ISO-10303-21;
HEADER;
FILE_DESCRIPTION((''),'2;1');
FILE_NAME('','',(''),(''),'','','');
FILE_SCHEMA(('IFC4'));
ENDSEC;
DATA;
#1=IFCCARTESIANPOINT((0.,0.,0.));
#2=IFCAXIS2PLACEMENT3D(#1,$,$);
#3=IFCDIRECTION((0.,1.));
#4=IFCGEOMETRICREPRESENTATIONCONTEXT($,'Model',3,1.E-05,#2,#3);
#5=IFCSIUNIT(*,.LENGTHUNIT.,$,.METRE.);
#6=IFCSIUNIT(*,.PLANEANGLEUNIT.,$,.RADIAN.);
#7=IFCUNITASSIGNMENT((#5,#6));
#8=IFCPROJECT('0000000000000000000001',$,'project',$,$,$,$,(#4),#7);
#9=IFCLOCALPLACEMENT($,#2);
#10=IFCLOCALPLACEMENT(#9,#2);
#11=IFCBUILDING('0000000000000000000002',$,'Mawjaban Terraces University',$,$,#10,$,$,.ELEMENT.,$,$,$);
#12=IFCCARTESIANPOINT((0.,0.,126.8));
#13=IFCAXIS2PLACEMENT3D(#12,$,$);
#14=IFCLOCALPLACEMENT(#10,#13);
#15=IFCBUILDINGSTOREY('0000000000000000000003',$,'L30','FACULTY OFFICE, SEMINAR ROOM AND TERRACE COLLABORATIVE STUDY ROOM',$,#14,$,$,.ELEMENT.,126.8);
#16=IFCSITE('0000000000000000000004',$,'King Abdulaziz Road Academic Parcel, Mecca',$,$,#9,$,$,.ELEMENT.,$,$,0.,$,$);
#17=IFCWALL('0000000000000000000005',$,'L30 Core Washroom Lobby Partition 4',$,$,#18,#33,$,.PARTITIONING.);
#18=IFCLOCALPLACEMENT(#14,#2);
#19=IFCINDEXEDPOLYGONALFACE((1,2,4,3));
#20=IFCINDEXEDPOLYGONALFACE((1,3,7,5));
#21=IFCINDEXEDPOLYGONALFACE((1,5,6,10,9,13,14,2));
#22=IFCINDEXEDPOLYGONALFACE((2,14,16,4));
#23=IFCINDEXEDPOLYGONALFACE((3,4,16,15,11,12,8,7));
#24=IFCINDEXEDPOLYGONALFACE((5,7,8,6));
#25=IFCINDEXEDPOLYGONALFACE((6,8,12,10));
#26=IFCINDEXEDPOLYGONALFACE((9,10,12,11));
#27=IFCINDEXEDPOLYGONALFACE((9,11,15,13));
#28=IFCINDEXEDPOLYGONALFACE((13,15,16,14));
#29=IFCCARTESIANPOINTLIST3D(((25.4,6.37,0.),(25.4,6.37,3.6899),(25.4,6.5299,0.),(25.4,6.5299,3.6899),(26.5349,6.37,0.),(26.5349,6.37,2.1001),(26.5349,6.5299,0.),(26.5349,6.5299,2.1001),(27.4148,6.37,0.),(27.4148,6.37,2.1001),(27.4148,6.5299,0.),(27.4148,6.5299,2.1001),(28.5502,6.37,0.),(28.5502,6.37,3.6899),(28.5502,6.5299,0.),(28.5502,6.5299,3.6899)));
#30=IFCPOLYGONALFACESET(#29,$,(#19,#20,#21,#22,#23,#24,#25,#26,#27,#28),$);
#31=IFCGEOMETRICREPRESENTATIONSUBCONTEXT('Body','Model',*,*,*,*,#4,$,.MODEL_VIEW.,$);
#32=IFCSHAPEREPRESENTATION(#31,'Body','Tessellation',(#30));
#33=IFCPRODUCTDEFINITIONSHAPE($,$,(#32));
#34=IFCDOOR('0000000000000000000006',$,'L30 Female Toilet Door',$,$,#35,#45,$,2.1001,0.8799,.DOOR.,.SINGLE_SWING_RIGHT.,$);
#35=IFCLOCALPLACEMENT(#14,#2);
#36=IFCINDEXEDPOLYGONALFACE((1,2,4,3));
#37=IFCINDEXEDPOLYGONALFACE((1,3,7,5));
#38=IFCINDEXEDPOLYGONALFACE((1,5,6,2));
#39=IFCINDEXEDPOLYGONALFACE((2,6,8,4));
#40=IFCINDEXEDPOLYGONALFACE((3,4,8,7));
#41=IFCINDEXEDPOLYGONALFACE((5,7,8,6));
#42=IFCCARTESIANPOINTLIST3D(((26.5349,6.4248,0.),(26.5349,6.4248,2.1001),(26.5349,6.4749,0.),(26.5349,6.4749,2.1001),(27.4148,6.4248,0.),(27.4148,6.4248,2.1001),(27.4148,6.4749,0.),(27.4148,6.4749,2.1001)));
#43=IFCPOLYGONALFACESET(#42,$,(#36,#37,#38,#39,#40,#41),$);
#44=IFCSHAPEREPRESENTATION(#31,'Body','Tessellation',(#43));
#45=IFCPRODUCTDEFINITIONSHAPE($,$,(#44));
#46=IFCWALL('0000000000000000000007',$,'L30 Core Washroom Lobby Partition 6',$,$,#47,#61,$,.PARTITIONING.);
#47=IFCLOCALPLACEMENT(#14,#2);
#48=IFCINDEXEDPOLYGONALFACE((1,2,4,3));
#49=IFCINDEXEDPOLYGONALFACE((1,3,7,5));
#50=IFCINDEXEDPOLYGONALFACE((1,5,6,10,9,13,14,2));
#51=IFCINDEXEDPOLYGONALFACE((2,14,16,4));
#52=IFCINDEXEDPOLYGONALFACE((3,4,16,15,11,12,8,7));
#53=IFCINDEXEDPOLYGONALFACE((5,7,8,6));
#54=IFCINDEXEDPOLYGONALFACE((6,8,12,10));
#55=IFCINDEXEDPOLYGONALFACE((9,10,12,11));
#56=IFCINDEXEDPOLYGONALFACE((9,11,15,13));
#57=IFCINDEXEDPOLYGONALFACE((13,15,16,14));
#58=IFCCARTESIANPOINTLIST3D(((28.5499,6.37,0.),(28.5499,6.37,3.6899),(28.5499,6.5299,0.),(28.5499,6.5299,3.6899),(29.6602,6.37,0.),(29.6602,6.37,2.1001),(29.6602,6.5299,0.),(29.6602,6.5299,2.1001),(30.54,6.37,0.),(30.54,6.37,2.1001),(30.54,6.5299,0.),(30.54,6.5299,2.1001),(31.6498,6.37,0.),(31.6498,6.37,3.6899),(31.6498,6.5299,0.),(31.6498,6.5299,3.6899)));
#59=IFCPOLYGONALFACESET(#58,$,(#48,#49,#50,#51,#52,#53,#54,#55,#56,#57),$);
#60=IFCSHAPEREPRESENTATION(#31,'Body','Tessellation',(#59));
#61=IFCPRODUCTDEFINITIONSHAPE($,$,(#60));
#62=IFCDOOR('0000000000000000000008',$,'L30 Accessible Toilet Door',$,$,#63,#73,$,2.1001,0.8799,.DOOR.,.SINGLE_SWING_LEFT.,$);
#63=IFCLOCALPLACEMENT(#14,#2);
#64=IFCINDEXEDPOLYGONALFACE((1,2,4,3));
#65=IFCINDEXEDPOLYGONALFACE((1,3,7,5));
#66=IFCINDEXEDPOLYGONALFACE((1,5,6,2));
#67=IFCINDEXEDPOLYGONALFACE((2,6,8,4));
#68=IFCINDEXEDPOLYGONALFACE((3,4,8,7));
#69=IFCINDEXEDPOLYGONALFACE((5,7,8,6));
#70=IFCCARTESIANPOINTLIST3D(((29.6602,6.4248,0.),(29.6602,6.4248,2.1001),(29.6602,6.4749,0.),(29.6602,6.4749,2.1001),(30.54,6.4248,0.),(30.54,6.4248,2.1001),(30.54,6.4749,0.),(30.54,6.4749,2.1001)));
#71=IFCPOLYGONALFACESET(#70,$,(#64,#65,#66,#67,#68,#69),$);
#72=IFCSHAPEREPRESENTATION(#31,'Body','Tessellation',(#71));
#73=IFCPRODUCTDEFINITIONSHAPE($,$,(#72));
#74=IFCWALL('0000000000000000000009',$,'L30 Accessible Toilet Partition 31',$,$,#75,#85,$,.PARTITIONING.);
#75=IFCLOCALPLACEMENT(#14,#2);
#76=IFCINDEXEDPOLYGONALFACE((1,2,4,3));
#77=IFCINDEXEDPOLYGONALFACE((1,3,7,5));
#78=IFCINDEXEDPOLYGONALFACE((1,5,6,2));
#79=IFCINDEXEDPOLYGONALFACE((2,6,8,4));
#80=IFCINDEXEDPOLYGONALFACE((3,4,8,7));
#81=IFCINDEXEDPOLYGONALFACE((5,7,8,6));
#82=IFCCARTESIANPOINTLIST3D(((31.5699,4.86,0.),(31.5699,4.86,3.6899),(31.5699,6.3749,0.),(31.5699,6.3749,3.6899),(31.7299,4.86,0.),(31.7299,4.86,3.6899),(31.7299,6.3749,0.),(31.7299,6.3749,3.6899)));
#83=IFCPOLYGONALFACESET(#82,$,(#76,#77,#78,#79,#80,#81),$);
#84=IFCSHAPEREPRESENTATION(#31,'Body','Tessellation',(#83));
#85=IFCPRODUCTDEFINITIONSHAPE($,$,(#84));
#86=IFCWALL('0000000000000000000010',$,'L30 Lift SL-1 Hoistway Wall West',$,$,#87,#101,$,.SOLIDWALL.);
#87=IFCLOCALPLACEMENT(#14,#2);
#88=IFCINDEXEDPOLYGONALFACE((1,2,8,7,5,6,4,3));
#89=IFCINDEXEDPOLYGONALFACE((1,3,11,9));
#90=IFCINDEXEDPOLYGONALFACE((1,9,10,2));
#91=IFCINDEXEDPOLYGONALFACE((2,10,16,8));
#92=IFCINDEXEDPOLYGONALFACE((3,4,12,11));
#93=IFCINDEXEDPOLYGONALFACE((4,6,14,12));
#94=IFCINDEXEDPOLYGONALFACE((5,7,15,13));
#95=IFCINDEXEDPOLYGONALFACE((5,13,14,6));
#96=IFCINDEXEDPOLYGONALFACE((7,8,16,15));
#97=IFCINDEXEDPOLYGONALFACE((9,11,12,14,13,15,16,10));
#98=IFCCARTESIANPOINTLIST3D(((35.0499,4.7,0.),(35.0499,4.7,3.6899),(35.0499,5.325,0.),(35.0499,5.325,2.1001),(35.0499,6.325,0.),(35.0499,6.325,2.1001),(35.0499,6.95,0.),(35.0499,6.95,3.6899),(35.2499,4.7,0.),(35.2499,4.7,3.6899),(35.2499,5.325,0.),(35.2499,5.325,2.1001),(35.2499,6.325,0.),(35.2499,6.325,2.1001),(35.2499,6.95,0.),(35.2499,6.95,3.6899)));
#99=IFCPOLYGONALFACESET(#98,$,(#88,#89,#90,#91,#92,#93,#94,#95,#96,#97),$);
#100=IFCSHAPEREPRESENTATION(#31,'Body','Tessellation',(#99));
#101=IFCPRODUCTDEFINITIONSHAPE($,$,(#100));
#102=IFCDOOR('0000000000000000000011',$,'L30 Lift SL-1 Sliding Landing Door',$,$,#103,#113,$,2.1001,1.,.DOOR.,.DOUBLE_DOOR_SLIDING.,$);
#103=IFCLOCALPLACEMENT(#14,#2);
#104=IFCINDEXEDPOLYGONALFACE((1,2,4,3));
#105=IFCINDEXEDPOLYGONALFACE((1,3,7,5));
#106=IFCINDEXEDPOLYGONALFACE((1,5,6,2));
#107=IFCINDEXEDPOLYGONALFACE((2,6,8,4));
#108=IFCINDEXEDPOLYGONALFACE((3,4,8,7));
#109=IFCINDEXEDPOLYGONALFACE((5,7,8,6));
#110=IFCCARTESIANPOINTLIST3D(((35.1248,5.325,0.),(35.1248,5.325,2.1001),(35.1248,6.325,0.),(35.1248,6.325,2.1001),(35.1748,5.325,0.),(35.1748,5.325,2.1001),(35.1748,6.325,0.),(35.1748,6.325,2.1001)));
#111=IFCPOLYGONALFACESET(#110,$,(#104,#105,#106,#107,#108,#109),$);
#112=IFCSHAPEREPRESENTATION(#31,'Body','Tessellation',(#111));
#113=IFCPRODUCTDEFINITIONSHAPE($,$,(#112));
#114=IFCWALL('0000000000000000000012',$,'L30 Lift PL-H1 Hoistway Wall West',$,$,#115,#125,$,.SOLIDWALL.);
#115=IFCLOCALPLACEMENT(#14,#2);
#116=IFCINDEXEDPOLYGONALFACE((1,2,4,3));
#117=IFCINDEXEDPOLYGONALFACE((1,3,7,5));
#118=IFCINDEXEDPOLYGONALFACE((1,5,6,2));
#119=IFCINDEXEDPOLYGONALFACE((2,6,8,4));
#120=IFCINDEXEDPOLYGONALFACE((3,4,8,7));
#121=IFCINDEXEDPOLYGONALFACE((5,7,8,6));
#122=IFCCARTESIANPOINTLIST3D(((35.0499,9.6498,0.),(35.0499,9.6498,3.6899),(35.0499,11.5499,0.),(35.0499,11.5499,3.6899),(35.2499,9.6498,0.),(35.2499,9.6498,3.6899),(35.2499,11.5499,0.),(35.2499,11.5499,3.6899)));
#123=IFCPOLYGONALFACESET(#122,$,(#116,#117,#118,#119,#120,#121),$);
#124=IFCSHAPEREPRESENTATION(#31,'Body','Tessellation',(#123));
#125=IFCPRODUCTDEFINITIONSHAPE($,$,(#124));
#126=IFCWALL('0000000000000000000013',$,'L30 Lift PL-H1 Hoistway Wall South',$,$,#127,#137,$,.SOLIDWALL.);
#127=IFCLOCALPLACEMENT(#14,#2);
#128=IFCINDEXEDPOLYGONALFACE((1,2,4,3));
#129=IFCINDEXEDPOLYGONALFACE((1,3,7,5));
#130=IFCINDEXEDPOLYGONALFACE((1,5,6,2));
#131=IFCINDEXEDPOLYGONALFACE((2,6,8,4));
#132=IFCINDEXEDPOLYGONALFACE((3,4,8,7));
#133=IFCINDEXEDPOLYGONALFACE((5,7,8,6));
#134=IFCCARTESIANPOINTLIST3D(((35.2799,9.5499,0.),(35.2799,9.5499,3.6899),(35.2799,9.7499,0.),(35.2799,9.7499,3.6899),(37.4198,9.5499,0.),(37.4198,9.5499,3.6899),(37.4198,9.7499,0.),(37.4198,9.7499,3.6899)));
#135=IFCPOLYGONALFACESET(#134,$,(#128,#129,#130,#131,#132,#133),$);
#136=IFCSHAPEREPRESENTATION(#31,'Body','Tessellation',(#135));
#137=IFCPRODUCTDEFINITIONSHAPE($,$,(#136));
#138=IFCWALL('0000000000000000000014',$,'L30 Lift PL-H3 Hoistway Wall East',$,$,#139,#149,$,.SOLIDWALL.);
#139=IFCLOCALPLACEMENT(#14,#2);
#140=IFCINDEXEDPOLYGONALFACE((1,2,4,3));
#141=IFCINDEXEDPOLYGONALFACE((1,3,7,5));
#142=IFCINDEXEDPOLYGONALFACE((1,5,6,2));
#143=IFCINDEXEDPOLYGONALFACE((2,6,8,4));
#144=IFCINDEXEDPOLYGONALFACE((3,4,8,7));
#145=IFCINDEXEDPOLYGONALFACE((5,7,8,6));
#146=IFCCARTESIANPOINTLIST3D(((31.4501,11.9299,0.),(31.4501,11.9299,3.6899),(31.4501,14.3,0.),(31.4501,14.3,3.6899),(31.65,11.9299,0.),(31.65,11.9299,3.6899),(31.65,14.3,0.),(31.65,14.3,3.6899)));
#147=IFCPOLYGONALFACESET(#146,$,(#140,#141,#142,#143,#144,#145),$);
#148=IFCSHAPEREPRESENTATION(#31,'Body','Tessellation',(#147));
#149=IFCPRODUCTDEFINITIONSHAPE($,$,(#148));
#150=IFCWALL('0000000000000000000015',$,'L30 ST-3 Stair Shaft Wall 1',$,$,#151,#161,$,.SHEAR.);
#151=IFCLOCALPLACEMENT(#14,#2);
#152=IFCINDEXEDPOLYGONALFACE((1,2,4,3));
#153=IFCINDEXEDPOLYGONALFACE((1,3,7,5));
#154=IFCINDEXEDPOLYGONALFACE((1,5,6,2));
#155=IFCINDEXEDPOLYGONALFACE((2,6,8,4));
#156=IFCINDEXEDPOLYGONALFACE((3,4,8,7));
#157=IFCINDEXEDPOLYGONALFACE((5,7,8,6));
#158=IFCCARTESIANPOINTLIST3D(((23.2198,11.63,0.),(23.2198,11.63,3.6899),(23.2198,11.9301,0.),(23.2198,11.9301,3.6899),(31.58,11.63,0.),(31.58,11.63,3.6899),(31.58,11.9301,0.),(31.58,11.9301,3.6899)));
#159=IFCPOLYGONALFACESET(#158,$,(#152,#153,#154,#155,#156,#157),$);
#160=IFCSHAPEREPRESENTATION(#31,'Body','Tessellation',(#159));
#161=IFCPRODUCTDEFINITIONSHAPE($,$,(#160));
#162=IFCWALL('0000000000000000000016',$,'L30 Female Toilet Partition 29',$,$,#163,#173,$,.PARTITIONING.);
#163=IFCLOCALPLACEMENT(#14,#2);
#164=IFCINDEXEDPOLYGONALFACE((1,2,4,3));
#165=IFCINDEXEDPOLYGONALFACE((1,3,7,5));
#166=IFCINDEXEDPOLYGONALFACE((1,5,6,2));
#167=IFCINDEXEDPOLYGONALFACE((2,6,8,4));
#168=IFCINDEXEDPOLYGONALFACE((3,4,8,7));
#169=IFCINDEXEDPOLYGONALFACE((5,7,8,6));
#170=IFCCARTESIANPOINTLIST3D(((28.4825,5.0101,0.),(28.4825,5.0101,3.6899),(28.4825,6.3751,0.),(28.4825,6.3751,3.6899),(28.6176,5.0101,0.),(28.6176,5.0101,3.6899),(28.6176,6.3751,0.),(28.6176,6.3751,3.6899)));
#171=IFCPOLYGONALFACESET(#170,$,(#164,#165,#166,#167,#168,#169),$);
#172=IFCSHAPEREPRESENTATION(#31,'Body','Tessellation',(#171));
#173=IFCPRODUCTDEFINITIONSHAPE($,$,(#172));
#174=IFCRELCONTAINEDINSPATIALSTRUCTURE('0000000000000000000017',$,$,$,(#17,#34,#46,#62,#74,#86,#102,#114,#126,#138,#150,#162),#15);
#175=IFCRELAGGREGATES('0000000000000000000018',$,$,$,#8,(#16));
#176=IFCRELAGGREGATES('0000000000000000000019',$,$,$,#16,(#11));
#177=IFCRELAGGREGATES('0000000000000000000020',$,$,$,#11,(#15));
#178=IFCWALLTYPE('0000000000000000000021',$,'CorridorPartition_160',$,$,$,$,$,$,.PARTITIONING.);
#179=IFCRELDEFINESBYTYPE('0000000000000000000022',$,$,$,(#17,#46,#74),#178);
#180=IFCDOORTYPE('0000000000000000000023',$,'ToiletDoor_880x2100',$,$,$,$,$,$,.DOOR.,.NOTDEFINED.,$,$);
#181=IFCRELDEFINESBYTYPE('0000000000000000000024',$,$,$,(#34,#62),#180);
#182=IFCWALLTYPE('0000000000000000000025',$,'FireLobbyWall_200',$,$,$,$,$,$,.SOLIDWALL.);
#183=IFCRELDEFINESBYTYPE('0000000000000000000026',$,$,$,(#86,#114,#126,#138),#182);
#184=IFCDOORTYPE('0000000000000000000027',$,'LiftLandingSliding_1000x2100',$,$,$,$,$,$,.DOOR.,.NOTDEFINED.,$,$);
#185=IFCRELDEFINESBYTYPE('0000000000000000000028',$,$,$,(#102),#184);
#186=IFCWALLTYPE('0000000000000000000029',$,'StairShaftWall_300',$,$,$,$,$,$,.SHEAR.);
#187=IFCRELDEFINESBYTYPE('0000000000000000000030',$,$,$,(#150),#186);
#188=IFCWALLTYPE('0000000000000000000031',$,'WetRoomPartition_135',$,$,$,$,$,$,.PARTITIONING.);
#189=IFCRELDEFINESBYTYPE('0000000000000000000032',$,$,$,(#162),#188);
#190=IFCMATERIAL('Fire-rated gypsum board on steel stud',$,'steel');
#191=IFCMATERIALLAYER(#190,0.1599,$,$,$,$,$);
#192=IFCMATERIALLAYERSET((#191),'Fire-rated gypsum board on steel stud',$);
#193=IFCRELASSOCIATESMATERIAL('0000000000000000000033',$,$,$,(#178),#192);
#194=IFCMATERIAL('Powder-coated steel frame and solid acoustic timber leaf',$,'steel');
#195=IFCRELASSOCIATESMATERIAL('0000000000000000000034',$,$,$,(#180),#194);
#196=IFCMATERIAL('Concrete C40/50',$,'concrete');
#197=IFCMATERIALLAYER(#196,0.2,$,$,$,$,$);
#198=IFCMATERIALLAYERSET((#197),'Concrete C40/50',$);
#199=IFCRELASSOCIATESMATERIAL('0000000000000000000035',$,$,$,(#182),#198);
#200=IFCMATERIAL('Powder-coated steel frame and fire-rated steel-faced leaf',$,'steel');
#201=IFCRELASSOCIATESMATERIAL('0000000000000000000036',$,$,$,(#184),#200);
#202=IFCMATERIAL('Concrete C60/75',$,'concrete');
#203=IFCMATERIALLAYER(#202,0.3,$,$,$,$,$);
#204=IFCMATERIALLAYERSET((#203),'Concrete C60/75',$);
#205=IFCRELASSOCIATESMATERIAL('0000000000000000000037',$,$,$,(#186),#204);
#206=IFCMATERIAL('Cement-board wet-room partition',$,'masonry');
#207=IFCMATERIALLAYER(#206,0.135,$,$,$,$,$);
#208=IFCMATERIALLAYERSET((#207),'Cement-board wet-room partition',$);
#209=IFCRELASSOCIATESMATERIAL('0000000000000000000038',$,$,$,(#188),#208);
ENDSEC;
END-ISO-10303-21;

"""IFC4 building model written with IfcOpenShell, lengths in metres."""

from ifc_helpers import new_model, si_unit, direction, frame, frame_2d, origin, place, context, subcontext, project, spatial, rectangle, extrude, material, layer, layer_set, type_object, element, fill, save


model = new_model("IFC4")

# Units and contexts
model_context = context("Model", 3, precision=1e-05, world=origin(), true_north=direction((0.0, 1.0)))
body_context = subcontext(model_context, "Body", "Model", "MODEL_VIEW")
ifc_project = project(units=[si_unit("LENGTHUNIT", "METRE"), si_unit("PLANEANGLEUNIT", "RADIAN")], contexts=[model_context])

# Site, building, storey
site_placement = place(None, origin())
site = spatial("IfcSite", under=ifc_project, at=site_placement, Name="King Abdulaziz Road Academic Parcel, Mecca", CompositionType="ELEMENT", RefElevation=0.0)
building_placement = place(site_placement, origin())
building = spatial("IfcBuilding", under=site, at=building_placement, Name="Mawjaban Terraces University", CompositionType="ELEMENT")
storey_placement = place(building_placement, frame((0.0, 0.0, 126.8)))
storey = spatial("IfcBuildingStorey", under=building, at=storey_placement, Name="L30", Description="FACULTY OFFICE, SEMINAR ROOM AND TERRACE COLLABORATIVE STUDY ROOM", CompositionType="ELEMENT", Elevation=126.8)

# Walls, openings, doors
ifc_material_1 = material(Name="Fire-rated gypsum board on steel stud", Category="steel")
ifc_layer_1 = layer(ifc_material_1, 0.1599)
ifc_layer_set_1 = layer_set([ifc_layer_1], Name="Fire-rated gypsum board on steel stud")
wall_type_1 = type_object("IfcWallType", Name="CorridorPartition_160", PredefinedType="PARTITIONING", material=ifc_layer_set_1)
wall_1_placement = place(storey_placement, frame((25.3999, 6.45, 0.0), z_axis=(0.0, 0.0, 1.0), x_axis=(1.0, 0.0, 0.0)))
wall_1 = element("IfcWall", 1, at=wall_1_placement, inside=storey, type_object=wall_type_1, Name="L30 Core Washroom Lobby Partition 4", PredefinedType="PARTITIONING", context=body_context, shape_type="SweptSolid", body=[
    extrude(rectangle(XDim=3.1501, YDim=0.1599, at=frame_2d((1.5752, 0.0))), origin(), (0.0, 0.0, 1.0), 3.6899),
])
opening_1_placement = place(wall_1_placement, frame((1.135, 0.0, 0.0)))
opening_1 = element("IfcOpeningElement", 2, at=opening_1_placement, cuts=wall_1, PredefinedType="OPENING", context=body_context, shape_type="SweptSolid", body=[
    extrude(rectangle(XDim=0.8799, YDim=2.1001, at=frame_2d((0.4399, 1.05))), frame((0.0, 0.0898, 0.0), z_axis=(0.0, -1.0, 0.0), x_axis=(1.0, 0.0, 0.0)), (0.0, 0.0, 1.0), 0.1799),
])
ifc_material_2 = material(Name="Powder-coated steel frame and solid acoustic timber leaf", Category="steel")
door_type_1 = type_object("IfcDoorType", Name="ToiletDoor_880x2100", OperationType="NOTDEFINED", PredefinedType="DOOR", material=ifc_material_2)
door_1_placement = place(opening_1_placement, origin())
door_1 = element("IfcDoor", 3, at=door_1_placement, inside=storey, type_object=door_type_1, Name="L30 Female Toilet Door", OperationType="SINGLE_SWING_RIGHT", OverallHeight=2.1001, OverallWidth=0.8799, PredefinedType="DOOR", context=body_context, shape_type="SweptSolid", body=[
    extrude(rectangle(XDim=0.8799, YDim=2.1001, at=frame_2d((0.4399, 1.05))), frame((0.0, 0.0249, 0.0), z_axis=(0.0, -1.0, 0.0), x_axis=(1.0, 0.0, 0.0)), (0.0, 0.0, 1.0), 0.05),
])
fill(opening_1, door_1)
wall_2_placement = place(storey_placement, frame((28.55, 6.45, 0.0), z_axis=(0.0, 0.0, 1.0), x_axis=(1.0, 0.0, 0.0)))
wall_2 = element("IfcWall", 4, at=wall_2_placement, inside=storey, type_object=wall_type_1, Name="L30 Core Washroom Lobby Partition 6", PredefinedType="PARTITIONING", context=body_context, shape_type="SweptSolid", body=[
    extrude(rectangle(XDim=3.0999, YDim=0.1599, at=frame_2d((1.5498, 0.0))), origin(), (0.0, 0.0, 1.0), 3.6899),
])
opening_2_placement = place(wall_2_placement, frame((1.1101, 0.0, 0.0)))
opening_2 = element("IfcOpeningElement", 5, at=opening_2_placement, cuts=wall_2, PredefinedType="OPENING", context=body_context, shape_type="SweptSolid", body=[
    extrude(rectangle(XDim=0.8799, YDim=2.1001, at=frame_2d((0.4399, 1.05))), frame((0.0, 0.0898, 0.0), z_axis=(0.0, -1.0, 0.0), x_axis=(1.0, 0.0, 0.0)), (0.0, 0.0, 1.0), 0.1799),
])
door_2_placement = place(opening_2_placement, origin())
door_2 = element("IfcDoor", 6, at=door_2_placement, inside=storey, type_object=door_type_1, Name="L30 Accessible Toilet Door", OperationType="SINGLE_SWING_LEFT", OverallHeight=2.1001, OverallWidth=0.8799, PredefinedType="DOOR", context=body_context, shape_type="SweptSolid", body=[
    extrude(rectangle(XDim=0.8799, YDim=2.1001, at=frame_2d((0.4399, 1.05))), frame((0.0, 0.0249, 0.0), z_axis=(0.0, -1.0, 0.0), x_axis=(1.0, 0.0, 0.0)), (0.0, 0.0, 1.0), 0.05),
])
fill(opening_2, door_2)

# Wall
wall_3_placement = place(storey_placement, frame((31.6499, 4.8601, 0.0), z_axis=(0.0, 0.0, 1.0), x_axis=(0.0, 1.0, 0.0)))
element("IfcWall", 7, at=wall_3_placement, inside=storey, type_object=wall_type_1, Name="L30 Accessible Toilet Partition 31", PredefinedType="PARTITIONING", context=body_context, shape_type="SweptSolid", body=[
    extrude(rectangle(XDim=1.5149, YDim=0.1599, at=frame_2d((0.7573, 0.0))), origin(), (0.0, 0.0, 1.0), 3.6899),
])

# Wall, opening, door
ifc_material_3 = material(Name="Concrete C40/50", Category="concrete")
ifc_layer_2 = layer(ifc_material_3, 0.2)
ifc_layer_set_2 = layer_set([ifc_layer_2], Name="Concrete C40/50")
wall_type_2 = type_object("IfcWallType", Name="FireLobbyWall_200", PredefinedType="SOLIDWALL", material=ifc_layer_set_2)
wall_4_placement = place(storey_placement, frame((35.1499, 6.95, 0.0), z_axis=(0.0, 0.0, 1.0), x_axis=(0.0, -1.0, 0.0)))
wall_4 = element("IfcWall", 8, at=wall_4_placement, inside=storey, type_object=wall_type_2, Name="L30 Lift SL-1 Hoistway Wall West", PredefinedType="SOLIDWALL", context=body_context, shape_type="SweptSolid", body=[
    extrude(rectangle(XDim=2.25, YDim=0.2, at=frame_2d((1.125, 0.0))), origin(), (0.0, 0.0, 1.0), 3.6899),
])
opening_3_placement = place(wall_4_placement, frame((0.625, 0.0, 0.0)))
opening_3 = element("IfcOpeningElement", 9, at=opening_3_placement, cuts=wall_4, PredefinedType="OPENING", context=body_context, shape_type="SweptSolid", body=[
    extrude(rectangle(XDim=1.0, YDim=2.1001, at=frame_2d((0.5, 1.05))), frame((0.0, 0.1099, 0.0), z_axis=(0.0, -1.0, 0.0), x_axis=(1.0, 0.0, 0.0)), (0.0, 0.0, 1.0), 0.22),
])
ifc_material_4 = material(Name="Powder-coated steel frame and fire-rated steel-faced leaf", Category="steel")
door_type_2 = type_object("IfcDoorType", Name="LiftLandingSliding_1000x2100", OperationType="NOTDEFINED", PredefinedType="DOOR", material=ifc_material_4)
door_3_placement = place(opening_3_placement, origin())
door_3 = element("IfcDoor", 10, at=door_3_placement, inside=storey, type_object=door_type_2, Name="L30 Lift SL-1 Sliding Landing Door", OperationType="DOUBLE_DOOR_SLIDING", OverallHeight=2.1001, OverallWidth=1.0, PredefinedType="DOOR", context=body_context, shape_type="SweptSolid", body=[
    extrude(rectangle(XDim=1.0, YDim=2.1001, at=frame_2d((0.5, 1.05))), frame((0.0, 0.0249, 0.0), z_axis=(0.0, -1.0, 0.0), x_axis=(1.0, 0.0, 0.0)), (0.0, 0.0, 1.0), 0.05),
])
fill(opening_3, door_3)

# Walls
wall_5_placement = place(storey_placement, frame((35.1499, 11.55, 0.0), z_axis=(0.0, 0.0, 1.0), x_axis=(0.0, -1.0, 0.0)))
element("IfcWall", 11, at=wall_5_placement, inside=storey, type_object=wall_type_2, Name="L30 Lift PL-H1 Hoistway Wall West", PredefinedType="SOLIDWALL", context=body_context, shape_type="SweptSolid", body=[
    extrude(rectangle(XDim=1.9001, YDim=0.2, at=frame_2d((0.9502, 0.0))), origin(), (0.0, 0.0, 1.0), 3.6899),
])
wall_6_placement = place(storey_placement, frame((35.28, 9.6499, 0.0), z_axis=(0.0, 0.0, 1.0), x_axis=(1.0, 0.0, 0.0)))
element("IfcWall", 12, at=wall_6_placement, inside=storey, type_object=wall_type_2, Name="L30 Lift PL-H1 Hoistway Wall South", PredefinedType="SOLIDWALL", context=body_context, shape_type="SweptSolid", body=[
    extrude(rectangle(XDim=2.1399, YDim=0.2, at=frame_2d((1.0698, 0.0))), origin(), (0.0, 0.0, 1.0), 3.6899),
])
wall_7_placement = place(storey_placement, frame((31.55, 11.9299, 0.0), z_axis=(0.0, 0.0, 1.0), x_axis=(0.0, 1.0, 0.0)))
element("IfcWall", 13, at=wall_7_placement, inside=storey, type_object=wall_type_2, Name="L30 Lift PL-H3 Hoistway Wall East", PredefinedType="SOLIDWALL", context=body_context, shape_type="SweptSolid", body=[
    extrude(rectangle(XDim=2.3701, YDim=0.2, at=frame_2d((1.1851, 0.0))), origin(), (0.0, 0.0, 1.0), 3.6899),
])
ifc_material_5 = material(Name="Concrete C60/75", Category="concrete")
ifc_layer_3 = layer(ifc_material_5, 0.3)
ifc_layer_set_3 = layer_set([ifc_layer_3], Name="Concrete C60/75")
wall_type_3 = type_object("IfcWallType", Name="StairShaftWall_300", PredefinedType="SHEAR", material=ifc_layer_set_3)
wall_8_placement = place(storey_placement, frame((31.5801, 11.78, 0.0), z_axis=(0.0, 0.0, 1.0), x_axis=(-1.0, 0.0, 0.0)))
element("IfcWall", 14, at=wall_8_placement, inside=storey, type_object=wall_type_3, Name="L30 ST-3 Stair Shaft Wall 1", PredefinedType="SHEAR", context=body_context, shape_type="SweptSolid", body=[
    extrude(rectangle(XDim=8.3601, YDim=0.3, at=frame_2d((4.1802, 0.0))), origin(), (0.0, 0.0, 1.0), 3.6899),
])

# Wall
ifc_material_6 = material(Name="Cement-board wet-room partition", Category="masonry")
ifc_layer_4 = layer(ifc_material_6, 0.135)
ifc_layer_set_4 = layer_set([ifc_layer_4], Name="Cement-board wet-room partition")
wall_type_4 = type_object("IfcWallType", Name="WetRoomPartition_135", PredefinedType="PARTITIONING", material=ifc_layer_set_4)
wall_9_placement = place(storey_placement, frame((28.55, 5.01, 0.0), z_axis=(0.0, 0.0, 1.0), x_axis=(0.0, 1.0, 0.0)))
element("IfcWall", 15, at=wall_9_placement, inside=storey, type_object=wall_type_4, Name="L30 Female Toilet Partition 29", PredefinedType="PARTITIONING", context=body_context, shape_type="SweptSolid", body=[
    extrude(rectangle(XDim=1.365, YDim=0.135, at=frame_2d((0.6826, 0.0))), origin(), (0.0, 0.0, 1.0), 3.6899),
])

save(model, "model.ifc")
